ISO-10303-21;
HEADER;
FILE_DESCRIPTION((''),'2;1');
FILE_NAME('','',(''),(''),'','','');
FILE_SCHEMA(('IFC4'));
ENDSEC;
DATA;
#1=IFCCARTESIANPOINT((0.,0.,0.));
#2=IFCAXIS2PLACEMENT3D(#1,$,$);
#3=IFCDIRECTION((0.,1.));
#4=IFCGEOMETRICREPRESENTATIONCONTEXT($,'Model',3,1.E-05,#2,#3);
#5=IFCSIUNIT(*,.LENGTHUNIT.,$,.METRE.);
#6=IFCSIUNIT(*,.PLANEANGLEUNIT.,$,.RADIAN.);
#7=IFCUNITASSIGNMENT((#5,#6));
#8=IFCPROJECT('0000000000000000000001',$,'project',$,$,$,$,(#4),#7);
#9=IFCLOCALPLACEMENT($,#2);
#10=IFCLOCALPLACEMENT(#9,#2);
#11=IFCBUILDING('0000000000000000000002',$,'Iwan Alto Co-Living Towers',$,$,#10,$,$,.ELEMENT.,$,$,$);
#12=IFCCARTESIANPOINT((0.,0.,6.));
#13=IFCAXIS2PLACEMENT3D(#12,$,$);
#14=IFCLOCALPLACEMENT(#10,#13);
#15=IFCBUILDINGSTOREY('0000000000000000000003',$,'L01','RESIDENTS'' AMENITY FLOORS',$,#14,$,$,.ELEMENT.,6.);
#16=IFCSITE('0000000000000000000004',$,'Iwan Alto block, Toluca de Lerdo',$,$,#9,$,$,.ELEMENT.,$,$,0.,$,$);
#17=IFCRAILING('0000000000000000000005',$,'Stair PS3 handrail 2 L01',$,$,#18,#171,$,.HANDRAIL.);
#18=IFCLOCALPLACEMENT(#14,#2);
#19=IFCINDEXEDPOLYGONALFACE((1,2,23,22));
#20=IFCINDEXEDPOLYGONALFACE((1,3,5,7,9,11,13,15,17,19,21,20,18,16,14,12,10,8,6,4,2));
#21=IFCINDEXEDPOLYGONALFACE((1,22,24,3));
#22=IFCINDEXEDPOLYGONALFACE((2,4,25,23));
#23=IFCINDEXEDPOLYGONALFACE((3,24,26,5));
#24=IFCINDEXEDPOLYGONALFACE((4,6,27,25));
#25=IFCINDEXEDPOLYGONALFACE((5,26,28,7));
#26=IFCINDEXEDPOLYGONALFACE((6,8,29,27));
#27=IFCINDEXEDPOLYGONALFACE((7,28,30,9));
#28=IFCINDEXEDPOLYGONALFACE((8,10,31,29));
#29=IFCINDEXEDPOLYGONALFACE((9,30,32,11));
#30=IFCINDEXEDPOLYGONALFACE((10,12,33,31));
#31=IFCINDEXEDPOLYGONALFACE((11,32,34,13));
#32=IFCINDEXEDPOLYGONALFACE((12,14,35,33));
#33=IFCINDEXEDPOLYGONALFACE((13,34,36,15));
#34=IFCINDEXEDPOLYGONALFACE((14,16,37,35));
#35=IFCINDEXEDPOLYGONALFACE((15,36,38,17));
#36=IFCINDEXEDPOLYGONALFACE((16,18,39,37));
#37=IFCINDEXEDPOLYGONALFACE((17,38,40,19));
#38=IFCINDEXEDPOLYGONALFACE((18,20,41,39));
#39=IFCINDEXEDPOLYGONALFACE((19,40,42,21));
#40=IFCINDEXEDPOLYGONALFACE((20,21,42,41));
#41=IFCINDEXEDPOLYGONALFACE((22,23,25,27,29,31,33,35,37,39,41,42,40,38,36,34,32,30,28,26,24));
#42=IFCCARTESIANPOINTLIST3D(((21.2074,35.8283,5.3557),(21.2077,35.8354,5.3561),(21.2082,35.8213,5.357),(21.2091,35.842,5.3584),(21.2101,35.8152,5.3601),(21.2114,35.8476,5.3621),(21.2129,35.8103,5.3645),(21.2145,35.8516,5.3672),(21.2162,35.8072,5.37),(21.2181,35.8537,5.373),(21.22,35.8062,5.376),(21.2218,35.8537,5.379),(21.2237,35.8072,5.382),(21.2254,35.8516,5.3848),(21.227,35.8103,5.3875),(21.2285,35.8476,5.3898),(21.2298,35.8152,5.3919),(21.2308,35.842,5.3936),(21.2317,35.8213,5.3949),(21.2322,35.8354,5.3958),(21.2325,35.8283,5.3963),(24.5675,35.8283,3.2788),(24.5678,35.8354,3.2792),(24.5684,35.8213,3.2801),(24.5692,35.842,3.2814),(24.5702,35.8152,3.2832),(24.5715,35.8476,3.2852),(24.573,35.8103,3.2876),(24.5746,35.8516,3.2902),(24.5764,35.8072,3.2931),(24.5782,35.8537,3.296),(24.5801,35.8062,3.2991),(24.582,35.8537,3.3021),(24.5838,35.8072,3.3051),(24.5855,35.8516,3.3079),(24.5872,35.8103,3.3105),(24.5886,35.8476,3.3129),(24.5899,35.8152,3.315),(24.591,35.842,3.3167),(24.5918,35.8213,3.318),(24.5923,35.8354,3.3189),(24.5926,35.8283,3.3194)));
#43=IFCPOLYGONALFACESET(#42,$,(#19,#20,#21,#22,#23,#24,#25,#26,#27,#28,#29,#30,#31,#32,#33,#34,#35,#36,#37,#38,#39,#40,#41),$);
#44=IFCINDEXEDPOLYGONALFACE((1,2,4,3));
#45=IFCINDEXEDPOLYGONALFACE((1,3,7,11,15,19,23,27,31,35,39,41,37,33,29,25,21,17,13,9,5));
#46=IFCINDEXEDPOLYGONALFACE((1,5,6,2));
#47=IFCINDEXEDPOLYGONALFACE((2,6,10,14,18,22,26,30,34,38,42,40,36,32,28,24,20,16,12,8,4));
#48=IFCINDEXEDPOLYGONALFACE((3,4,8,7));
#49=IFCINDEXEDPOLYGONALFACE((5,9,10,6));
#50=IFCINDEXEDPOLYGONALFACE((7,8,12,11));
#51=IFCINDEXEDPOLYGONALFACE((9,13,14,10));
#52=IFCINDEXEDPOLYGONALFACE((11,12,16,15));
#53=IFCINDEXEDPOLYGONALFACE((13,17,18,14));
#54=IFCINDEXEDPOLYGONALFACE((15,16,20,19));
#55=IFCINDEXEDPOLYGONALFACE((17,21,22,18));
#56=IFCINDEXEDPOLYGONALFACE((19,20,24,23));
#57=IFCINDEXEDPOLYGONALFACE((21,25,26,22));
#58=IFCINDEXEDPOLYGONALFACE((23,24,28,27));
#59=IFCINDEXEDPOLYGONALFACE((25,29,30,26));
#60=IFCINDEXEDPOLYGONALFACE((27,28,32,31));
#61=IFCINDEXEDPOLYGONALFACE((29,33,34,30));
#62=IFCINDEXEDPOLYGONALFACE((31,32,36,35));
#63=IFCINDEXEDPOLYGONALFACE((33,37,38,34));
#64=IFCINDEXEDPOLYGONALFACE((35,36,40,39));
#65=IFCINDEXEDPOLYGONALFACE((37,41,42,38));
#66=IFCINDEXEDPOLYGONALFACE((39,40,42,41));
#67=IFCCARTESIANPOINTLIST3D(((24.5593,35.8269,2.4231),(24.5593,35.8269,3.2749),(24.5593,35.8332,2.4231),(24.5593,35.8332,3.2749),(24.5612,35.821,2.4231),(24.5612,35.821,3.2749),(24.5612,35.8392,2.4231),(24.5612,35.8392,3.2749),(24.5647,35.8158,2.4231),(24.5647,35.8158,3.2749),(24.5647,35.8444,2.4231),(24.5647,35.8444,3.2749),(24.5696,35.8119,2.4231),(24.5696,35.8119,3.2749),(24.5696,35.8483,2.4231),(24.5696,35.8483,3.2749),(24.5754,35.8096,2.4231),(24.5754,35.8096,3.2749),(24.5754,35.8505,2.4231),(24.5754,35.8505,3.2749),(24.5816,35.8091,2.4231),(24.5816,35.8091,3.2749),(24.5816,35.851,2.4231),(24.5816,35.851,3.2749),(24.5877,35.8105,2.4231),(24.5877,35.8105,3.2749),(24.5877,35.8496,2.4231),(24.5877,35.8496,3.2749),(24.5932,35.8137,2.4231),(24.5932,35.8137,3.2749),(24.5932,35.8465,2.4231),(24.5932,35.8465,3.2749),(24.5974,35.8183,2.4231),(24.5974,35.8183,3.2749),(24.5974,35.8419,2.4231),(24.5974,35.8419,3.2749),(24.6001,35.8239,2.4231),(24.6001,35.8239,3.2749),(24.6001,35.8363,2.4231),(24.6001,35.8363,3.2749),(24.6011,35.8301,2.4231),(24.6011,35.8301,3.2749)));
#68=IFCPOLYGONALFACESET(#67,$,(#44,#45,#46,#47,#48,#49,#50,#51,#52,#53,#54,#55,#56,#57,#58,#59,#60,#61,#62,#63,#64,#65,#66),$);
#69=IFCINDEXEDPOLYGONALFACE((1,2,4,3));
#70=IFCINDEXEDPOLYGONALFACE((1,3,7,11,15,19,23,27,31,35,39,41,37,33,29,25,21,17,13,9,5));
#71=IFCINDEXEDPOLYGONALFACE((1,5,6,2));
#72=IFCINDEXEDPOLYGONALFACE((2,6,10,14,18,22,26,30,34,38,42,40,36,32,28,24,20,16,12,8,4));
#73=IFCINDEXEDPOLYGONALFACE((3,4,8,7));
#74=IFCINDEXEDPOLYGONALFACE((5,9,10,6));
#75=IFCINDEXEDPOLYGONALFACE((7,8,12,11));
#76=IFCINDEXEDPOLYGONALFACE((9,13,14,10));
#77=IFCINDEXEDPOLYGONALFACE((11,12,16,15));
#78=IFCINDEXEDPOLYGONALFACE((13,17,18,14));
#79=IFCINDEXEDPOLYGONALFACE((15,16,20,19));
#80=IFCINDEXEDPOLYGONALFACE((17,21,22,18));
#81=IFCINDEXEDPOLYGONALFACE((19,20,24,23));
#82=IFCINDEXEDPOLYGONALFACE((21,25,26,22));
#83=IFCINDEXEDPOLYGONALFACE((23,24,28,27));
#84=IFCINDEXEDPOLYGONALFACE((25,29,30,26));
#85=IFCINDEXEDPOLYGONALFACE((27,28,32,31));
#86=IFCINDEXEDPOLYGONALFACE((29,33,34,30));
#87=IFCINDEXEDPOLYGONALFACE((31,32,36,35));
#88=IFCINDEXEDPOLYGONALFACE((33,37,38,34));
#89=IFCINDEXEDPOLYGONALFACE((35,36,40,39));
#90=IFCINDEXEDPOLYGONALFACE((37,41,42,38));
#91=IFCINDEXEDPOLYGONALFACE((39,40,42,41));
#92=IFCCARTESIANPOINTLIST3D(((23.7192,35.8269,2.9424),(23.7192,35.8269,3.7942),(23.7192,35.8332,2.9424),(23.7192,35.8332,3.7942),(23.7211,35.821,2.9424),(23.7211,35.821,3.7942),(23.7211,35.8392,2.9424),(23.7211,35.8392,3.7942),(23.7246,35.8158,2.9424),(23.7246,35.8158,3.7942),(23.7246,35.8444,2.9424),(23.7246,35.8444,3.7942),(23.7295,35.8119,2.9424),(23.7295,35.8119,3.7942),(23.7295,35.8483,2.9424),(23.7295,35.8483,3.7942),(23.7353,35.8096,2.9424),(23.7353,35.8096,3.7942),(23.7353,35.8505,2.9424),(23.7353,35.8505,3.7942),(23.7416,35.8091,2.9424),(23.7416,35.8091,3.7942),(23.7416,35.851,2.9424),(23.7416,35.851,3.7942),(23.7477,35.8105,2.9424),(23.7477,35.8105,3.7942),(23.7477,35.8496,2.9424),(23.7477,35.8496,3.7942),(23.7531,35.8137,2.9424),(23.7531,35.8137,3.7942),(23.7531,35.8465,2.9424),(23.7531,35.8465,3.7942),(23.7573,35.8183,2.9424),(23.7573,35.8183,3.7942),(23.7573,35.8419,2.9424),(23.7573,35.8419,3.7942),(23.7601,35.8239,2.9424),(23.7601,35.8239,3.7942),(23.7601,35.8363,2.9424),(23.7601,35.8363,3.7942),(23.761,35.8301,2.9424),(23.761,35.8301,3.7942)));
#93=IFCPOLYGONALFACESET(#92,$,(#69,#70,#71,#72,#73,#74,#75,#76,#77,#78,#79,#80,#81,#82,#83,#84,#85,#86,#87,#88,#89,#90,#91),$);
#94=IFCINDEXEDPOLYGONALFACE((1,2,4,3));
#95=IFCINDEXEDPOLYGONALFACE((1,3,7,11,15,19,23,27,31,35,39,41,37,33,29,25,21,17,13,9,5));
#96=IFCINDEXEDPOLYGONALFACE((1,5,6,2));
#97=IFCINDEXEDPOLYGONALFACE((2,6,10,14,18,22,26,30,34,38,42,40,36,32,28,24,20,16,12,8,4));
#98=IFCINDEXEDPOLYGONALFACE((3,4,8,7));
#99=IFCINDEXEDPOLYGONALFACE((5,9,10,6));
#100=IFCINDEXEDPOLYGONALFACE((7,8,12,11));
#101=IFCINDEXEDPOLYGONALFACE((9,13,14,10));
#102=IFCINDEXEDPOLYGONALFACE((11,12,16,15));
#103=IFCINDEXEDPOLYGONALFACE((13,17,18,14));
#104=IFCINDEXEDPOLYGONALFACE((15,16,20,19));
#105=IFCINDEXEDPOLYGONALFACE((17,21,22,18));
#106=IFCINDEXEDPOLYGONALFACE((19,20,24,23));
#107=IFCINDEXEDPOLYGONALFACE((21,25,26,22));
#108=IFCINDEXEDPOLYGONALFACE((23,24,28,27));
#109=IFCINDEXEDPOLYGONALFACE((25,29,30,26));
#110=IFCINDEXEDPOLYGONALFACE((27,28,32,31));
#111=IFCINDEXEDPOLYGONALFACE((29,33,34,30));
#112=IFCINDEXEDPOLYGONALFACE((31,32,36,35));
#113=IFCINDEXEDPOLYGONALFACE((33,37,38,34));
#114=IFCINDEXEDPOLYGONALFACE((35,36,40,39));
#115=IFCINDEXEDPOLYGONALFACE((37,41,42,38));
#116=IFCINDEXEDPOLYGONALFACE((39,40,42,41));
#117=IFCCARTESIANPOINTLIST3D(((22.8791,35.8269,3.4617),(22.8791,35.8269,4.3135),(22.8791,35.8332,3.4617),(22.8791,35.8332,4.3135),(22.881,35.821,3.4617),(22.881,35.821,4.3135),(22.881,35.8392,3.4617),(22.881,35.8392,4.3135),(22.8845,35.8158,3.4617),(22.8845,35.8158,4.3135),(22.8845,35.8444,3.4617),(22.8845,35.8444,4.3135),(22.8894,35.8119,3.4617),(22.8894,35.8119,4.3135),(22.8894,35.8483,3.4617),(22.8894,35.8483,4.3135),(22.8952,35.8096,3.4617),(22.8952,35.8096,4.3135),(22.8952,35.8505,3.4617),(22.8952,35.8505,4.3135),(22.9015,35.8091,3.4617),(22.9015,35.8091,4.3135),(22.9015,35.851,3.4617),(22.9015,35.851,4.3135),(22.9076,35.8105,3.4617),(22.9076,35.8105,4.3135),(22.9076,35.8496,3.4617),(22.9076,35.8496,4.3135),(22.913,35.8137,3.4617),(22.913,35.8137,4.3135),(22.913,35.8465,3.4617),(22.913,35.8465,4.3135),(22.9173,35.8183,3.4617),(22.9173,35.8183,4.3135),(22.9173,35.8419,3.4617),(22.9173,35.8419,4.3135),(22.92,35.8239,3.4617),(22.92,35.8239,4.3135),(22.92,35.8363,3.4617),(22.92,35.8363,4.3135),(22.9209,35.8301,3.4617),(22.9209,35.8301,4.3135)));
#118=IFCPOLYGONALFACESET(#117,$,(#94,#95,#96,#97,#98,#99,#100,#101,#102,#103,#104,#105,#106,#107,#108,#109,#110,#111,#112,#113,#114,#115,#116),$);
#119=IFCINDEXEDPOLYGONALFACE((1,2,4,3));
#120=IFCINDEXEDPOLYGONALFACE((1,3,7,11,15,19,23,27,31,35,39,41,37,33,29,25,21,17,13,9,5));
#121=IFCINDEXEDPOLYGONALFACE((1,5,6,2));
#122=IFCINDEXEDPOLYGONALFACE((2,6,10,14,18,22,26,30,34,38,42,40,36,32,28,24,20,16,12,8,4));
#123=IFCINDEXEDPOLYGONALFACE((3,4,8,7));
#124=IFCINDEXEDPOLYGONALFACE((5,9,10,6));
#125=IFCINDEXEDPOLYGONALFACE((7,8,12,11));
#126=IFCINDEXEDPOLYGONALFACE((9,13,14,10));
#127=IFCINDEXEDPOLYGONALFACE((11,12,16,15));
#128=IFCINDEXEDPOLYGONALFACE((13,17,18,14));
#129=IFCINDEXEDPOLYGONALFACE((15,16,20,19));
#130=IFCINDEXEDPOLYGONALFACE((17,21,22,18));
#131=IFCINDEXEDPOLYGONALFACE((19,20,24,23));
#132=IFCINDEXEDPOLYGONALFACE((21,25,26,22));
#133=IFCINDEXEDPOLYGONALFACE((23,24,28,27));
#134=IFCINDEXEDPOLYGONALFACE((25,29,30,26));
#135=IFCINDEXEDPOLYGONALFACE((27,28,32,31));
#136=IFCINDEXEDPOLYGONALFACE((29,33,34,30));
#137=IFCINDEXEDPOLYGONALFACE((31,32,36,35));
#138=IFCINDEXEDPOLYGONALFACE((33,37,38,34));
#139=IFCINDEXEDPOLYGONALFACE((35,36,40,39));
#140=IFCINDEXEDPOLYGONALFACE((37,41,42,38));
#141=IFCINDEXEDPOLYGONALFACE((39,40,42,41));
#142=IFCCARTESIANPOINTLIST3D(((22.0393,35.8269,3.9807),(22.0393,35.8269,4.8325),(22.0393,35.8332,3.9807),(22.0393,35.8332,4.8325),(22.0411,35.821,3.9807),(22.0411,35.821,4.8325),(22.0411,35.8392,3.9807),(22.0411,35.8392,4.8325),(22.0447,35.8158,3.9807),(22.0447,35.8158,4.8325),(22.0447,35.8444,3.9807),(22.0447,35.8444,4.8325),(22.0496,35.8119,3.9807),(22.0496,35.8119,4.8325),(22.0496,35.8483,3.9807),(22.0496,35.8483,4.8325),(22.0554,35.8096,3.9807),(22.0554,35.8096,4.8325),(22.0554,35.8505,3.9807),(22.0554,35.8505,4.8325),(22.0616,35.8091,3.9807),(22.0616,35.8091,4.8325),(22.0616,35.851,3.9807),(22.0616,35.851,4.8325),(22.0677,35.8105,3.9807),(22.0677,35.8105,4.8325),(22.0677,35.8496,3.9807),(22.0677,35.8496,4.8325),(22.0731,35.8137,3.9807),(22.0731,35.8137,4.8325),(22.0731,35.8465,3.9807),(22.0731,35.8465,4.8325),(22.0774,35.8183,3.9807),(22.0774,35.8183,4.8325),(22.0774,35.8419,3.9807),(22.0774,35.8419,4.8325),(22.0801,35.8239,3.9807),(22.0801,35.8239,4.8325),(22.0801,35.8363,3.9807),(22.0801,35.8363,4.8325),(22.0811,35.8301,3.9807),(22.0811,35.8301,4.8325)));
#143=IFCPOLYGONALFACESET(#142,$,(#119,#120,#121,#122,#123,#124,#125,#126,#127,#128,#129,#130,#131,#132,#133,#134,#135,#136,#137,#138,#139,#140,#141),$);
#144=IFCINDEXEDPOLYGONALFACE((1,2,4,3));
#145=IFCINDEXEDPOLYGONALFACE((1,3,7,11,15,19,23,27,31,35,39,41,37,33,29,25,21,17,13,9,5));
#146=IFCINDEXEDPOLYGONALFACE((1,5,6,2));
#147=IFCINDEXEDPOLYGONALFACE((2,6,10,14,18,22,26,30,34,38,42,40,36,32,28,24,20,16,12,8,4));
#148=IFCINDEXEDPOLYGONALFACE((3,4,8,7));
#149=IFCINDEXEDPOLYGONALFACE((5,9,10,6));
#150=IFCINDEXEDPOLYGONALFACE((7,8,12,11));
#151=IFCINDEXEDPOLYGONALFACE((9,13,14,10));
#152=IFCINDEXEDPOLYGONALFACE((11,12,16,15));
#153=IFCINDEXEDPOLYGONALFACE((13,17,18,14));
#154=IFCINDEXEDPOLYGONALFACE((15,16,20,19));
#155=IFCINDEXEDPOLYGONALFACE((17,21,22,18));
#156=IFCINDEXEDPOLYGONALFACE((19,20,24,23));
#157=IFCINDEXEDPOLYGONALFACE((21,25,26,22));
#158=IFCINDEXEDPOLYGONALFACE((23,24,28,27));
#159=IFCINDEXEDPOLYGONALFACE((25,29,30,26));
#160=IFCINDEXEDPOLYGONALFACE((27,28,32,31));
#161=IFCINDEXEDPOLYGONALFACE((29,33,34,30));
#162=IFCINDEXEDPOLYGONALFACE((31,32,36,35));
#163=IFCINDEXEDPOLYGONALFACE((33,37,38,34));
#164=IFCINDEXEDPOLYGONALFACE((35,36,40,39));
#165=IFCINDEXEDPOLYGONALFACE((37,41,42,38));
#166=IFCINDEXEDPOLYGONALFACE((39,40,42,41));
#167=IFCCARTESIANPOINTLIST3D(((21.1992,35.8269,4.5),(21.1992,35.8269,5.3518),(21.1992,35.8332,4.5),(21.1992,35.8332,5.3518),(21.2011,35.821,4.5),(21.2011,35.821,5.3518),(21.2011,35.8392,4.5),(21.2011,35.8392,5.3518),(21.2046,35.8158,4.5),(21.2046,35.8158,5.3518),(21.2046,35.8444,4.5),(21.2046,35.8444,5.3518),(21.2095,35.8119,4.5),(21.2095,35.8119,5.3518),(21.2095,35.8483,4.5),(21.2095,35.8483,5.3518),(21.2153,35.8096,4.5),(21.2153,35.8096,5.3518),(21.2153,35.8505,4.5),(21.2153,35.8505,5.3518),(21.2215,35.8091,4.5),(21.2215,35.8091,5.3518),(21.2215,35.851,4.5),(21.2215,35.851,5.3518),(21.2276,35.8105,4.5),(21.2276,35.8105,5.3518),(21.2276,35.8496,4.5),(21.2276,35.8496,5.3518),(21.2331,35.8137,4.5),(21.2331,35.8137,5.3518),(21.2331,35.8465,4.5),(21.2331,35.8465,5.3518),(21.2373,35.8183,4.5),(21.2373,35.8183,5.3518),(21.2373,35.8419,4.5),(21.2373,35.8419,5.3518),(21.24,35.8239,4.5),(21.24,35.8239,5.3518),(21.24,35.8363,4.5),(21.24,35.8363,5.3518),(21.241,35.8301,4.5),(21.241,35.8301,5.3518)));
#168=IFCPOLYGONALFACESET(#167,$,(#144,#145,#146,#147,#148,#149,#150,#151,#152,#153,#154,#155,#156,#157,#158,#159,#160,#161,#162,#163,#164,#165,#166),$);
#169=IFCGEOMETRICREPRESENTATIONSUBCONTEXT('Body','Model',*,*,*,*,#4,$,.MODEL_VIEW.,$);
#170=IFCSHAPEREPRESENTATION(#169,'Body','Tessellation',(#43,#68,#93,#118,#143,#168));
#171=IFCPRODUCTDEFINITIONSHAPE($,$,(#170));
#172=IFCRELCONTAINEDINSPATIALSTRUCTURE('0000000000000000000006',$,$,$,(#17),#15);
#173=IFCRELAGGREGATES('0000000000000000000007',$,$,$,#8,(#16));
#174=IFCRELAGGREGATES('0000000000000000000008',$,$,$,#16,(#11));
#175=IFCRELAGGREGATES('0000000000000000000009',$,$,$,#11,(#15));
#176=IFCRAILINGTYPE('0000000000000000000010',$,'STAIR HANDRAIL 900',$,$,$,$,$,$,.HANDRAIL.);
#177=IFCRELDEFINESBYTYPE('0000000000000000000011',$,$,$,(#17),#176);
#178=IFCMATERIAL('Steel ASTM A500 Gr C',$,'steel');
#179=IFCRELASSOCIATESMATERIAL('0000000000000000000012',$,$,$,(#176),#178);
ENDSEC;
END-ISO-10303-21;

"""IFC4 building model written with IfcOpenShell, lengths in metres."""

from ifc_helpers import new_model, si_unit, direction, frame, origin, origin_2d, place, context, subcontext, project, spatial, circle, extrude, material, type_object, element, save


model = new_model("IFC4")

# Units and contexts
model_context = context("Model", 3, precision=1e-05, world=origin(), true_north=direction((0.0, 1.0)))
body_context = subcontext(model_context, "Body", "Model", "MODEL_VIEW")
ifc_project = project(units=[si_unit("LENGTHUNIT", "METRE"), si_unit("PLANEANGLEUNIT", "RADIAN")], contexts=[model_context])

# Site, building, storey
site_placement = place(None, origin())
site = spatial("IfcSite", under=ifc_project, at=site_placement, Name="Iwan Alto block, Toluca de Lerdo", CompositionType="ELEMENT", RefElevation=0.0)
building_placement = place(site_placement, origin())
building = spatial("IfcBuilding", under=site, at=building_placement, Name="Iwan Alto Co-Living Towers", CompositionType="ELEMENT")
storey_placement = place(building_placement, frame((0.0, 0.0, 6.0)))
storey = spatial("IfcBuildingStorey", under=building, at=storey_placement, Name="L01", Description="RESIDENTS' AMENITY FLOORS", CompositionType="ELEMENT", Elevation=6.0)

# Railing
ifc_material_1 = material(Name="Steel ASTM A500 Gr C", Category="steel")
railing_type_1 = type_object("IfcRailingType", Name="STAIR HANDRAIL 900", PredefinedType="HANDRAIL", material=ifc_material_1)
railing_1_placement = place(storey_placement, frame((24.5801, 35.8301, 2.4231)))
element("IfcRailing", 1, at=railing_1_placement, inside=storey, type_object=railing_type_1, Name="Stair PS3 handrail 2 L01", PredefinedType="HANDRAIL", context=body_context, shape_type="SweptSolid", body=[
    extrude(circle(Radius=0.0239, at=origin_2d()), frame((0.0, 0.0, 0.876), z_axis=(-0.850623, 0.0, 0.525776), x_axis=(0.0, -1.0, 0.0)), (0.0, 0.0, 1.0), 3.9502),
    extrude(circle(Radius=0.021, at=origin_2d()), origin(), (0.0, 0.0, 1.0), 0.8518),
    extrude(circle(Radius=0.021, at=origin_2d()), frame((-0.8401, 0.0, 0.5193)), (0.0, 0.0, 1.0), 0.8518),
    extrude(circle(Radius=0.021, at=origin_2d()), frame((-1.6802, 0.0, 1.0386)), (0.0, 0.0, 1.0), 0.8518),
    extrude(circle(Radius=0.021, at=origin_2d()), frame((-2.52, 0.0, 1.5576)), (0.0, 0.0, 1.0), 0.8518),
    extrude(circle(Radius=0.021, at=origin_2d()), frame((-3.3601, 0.0, 2.0769)), (0.0, 0.0, 1.0), 0.8518),
])

save(model, "model.ifc")
